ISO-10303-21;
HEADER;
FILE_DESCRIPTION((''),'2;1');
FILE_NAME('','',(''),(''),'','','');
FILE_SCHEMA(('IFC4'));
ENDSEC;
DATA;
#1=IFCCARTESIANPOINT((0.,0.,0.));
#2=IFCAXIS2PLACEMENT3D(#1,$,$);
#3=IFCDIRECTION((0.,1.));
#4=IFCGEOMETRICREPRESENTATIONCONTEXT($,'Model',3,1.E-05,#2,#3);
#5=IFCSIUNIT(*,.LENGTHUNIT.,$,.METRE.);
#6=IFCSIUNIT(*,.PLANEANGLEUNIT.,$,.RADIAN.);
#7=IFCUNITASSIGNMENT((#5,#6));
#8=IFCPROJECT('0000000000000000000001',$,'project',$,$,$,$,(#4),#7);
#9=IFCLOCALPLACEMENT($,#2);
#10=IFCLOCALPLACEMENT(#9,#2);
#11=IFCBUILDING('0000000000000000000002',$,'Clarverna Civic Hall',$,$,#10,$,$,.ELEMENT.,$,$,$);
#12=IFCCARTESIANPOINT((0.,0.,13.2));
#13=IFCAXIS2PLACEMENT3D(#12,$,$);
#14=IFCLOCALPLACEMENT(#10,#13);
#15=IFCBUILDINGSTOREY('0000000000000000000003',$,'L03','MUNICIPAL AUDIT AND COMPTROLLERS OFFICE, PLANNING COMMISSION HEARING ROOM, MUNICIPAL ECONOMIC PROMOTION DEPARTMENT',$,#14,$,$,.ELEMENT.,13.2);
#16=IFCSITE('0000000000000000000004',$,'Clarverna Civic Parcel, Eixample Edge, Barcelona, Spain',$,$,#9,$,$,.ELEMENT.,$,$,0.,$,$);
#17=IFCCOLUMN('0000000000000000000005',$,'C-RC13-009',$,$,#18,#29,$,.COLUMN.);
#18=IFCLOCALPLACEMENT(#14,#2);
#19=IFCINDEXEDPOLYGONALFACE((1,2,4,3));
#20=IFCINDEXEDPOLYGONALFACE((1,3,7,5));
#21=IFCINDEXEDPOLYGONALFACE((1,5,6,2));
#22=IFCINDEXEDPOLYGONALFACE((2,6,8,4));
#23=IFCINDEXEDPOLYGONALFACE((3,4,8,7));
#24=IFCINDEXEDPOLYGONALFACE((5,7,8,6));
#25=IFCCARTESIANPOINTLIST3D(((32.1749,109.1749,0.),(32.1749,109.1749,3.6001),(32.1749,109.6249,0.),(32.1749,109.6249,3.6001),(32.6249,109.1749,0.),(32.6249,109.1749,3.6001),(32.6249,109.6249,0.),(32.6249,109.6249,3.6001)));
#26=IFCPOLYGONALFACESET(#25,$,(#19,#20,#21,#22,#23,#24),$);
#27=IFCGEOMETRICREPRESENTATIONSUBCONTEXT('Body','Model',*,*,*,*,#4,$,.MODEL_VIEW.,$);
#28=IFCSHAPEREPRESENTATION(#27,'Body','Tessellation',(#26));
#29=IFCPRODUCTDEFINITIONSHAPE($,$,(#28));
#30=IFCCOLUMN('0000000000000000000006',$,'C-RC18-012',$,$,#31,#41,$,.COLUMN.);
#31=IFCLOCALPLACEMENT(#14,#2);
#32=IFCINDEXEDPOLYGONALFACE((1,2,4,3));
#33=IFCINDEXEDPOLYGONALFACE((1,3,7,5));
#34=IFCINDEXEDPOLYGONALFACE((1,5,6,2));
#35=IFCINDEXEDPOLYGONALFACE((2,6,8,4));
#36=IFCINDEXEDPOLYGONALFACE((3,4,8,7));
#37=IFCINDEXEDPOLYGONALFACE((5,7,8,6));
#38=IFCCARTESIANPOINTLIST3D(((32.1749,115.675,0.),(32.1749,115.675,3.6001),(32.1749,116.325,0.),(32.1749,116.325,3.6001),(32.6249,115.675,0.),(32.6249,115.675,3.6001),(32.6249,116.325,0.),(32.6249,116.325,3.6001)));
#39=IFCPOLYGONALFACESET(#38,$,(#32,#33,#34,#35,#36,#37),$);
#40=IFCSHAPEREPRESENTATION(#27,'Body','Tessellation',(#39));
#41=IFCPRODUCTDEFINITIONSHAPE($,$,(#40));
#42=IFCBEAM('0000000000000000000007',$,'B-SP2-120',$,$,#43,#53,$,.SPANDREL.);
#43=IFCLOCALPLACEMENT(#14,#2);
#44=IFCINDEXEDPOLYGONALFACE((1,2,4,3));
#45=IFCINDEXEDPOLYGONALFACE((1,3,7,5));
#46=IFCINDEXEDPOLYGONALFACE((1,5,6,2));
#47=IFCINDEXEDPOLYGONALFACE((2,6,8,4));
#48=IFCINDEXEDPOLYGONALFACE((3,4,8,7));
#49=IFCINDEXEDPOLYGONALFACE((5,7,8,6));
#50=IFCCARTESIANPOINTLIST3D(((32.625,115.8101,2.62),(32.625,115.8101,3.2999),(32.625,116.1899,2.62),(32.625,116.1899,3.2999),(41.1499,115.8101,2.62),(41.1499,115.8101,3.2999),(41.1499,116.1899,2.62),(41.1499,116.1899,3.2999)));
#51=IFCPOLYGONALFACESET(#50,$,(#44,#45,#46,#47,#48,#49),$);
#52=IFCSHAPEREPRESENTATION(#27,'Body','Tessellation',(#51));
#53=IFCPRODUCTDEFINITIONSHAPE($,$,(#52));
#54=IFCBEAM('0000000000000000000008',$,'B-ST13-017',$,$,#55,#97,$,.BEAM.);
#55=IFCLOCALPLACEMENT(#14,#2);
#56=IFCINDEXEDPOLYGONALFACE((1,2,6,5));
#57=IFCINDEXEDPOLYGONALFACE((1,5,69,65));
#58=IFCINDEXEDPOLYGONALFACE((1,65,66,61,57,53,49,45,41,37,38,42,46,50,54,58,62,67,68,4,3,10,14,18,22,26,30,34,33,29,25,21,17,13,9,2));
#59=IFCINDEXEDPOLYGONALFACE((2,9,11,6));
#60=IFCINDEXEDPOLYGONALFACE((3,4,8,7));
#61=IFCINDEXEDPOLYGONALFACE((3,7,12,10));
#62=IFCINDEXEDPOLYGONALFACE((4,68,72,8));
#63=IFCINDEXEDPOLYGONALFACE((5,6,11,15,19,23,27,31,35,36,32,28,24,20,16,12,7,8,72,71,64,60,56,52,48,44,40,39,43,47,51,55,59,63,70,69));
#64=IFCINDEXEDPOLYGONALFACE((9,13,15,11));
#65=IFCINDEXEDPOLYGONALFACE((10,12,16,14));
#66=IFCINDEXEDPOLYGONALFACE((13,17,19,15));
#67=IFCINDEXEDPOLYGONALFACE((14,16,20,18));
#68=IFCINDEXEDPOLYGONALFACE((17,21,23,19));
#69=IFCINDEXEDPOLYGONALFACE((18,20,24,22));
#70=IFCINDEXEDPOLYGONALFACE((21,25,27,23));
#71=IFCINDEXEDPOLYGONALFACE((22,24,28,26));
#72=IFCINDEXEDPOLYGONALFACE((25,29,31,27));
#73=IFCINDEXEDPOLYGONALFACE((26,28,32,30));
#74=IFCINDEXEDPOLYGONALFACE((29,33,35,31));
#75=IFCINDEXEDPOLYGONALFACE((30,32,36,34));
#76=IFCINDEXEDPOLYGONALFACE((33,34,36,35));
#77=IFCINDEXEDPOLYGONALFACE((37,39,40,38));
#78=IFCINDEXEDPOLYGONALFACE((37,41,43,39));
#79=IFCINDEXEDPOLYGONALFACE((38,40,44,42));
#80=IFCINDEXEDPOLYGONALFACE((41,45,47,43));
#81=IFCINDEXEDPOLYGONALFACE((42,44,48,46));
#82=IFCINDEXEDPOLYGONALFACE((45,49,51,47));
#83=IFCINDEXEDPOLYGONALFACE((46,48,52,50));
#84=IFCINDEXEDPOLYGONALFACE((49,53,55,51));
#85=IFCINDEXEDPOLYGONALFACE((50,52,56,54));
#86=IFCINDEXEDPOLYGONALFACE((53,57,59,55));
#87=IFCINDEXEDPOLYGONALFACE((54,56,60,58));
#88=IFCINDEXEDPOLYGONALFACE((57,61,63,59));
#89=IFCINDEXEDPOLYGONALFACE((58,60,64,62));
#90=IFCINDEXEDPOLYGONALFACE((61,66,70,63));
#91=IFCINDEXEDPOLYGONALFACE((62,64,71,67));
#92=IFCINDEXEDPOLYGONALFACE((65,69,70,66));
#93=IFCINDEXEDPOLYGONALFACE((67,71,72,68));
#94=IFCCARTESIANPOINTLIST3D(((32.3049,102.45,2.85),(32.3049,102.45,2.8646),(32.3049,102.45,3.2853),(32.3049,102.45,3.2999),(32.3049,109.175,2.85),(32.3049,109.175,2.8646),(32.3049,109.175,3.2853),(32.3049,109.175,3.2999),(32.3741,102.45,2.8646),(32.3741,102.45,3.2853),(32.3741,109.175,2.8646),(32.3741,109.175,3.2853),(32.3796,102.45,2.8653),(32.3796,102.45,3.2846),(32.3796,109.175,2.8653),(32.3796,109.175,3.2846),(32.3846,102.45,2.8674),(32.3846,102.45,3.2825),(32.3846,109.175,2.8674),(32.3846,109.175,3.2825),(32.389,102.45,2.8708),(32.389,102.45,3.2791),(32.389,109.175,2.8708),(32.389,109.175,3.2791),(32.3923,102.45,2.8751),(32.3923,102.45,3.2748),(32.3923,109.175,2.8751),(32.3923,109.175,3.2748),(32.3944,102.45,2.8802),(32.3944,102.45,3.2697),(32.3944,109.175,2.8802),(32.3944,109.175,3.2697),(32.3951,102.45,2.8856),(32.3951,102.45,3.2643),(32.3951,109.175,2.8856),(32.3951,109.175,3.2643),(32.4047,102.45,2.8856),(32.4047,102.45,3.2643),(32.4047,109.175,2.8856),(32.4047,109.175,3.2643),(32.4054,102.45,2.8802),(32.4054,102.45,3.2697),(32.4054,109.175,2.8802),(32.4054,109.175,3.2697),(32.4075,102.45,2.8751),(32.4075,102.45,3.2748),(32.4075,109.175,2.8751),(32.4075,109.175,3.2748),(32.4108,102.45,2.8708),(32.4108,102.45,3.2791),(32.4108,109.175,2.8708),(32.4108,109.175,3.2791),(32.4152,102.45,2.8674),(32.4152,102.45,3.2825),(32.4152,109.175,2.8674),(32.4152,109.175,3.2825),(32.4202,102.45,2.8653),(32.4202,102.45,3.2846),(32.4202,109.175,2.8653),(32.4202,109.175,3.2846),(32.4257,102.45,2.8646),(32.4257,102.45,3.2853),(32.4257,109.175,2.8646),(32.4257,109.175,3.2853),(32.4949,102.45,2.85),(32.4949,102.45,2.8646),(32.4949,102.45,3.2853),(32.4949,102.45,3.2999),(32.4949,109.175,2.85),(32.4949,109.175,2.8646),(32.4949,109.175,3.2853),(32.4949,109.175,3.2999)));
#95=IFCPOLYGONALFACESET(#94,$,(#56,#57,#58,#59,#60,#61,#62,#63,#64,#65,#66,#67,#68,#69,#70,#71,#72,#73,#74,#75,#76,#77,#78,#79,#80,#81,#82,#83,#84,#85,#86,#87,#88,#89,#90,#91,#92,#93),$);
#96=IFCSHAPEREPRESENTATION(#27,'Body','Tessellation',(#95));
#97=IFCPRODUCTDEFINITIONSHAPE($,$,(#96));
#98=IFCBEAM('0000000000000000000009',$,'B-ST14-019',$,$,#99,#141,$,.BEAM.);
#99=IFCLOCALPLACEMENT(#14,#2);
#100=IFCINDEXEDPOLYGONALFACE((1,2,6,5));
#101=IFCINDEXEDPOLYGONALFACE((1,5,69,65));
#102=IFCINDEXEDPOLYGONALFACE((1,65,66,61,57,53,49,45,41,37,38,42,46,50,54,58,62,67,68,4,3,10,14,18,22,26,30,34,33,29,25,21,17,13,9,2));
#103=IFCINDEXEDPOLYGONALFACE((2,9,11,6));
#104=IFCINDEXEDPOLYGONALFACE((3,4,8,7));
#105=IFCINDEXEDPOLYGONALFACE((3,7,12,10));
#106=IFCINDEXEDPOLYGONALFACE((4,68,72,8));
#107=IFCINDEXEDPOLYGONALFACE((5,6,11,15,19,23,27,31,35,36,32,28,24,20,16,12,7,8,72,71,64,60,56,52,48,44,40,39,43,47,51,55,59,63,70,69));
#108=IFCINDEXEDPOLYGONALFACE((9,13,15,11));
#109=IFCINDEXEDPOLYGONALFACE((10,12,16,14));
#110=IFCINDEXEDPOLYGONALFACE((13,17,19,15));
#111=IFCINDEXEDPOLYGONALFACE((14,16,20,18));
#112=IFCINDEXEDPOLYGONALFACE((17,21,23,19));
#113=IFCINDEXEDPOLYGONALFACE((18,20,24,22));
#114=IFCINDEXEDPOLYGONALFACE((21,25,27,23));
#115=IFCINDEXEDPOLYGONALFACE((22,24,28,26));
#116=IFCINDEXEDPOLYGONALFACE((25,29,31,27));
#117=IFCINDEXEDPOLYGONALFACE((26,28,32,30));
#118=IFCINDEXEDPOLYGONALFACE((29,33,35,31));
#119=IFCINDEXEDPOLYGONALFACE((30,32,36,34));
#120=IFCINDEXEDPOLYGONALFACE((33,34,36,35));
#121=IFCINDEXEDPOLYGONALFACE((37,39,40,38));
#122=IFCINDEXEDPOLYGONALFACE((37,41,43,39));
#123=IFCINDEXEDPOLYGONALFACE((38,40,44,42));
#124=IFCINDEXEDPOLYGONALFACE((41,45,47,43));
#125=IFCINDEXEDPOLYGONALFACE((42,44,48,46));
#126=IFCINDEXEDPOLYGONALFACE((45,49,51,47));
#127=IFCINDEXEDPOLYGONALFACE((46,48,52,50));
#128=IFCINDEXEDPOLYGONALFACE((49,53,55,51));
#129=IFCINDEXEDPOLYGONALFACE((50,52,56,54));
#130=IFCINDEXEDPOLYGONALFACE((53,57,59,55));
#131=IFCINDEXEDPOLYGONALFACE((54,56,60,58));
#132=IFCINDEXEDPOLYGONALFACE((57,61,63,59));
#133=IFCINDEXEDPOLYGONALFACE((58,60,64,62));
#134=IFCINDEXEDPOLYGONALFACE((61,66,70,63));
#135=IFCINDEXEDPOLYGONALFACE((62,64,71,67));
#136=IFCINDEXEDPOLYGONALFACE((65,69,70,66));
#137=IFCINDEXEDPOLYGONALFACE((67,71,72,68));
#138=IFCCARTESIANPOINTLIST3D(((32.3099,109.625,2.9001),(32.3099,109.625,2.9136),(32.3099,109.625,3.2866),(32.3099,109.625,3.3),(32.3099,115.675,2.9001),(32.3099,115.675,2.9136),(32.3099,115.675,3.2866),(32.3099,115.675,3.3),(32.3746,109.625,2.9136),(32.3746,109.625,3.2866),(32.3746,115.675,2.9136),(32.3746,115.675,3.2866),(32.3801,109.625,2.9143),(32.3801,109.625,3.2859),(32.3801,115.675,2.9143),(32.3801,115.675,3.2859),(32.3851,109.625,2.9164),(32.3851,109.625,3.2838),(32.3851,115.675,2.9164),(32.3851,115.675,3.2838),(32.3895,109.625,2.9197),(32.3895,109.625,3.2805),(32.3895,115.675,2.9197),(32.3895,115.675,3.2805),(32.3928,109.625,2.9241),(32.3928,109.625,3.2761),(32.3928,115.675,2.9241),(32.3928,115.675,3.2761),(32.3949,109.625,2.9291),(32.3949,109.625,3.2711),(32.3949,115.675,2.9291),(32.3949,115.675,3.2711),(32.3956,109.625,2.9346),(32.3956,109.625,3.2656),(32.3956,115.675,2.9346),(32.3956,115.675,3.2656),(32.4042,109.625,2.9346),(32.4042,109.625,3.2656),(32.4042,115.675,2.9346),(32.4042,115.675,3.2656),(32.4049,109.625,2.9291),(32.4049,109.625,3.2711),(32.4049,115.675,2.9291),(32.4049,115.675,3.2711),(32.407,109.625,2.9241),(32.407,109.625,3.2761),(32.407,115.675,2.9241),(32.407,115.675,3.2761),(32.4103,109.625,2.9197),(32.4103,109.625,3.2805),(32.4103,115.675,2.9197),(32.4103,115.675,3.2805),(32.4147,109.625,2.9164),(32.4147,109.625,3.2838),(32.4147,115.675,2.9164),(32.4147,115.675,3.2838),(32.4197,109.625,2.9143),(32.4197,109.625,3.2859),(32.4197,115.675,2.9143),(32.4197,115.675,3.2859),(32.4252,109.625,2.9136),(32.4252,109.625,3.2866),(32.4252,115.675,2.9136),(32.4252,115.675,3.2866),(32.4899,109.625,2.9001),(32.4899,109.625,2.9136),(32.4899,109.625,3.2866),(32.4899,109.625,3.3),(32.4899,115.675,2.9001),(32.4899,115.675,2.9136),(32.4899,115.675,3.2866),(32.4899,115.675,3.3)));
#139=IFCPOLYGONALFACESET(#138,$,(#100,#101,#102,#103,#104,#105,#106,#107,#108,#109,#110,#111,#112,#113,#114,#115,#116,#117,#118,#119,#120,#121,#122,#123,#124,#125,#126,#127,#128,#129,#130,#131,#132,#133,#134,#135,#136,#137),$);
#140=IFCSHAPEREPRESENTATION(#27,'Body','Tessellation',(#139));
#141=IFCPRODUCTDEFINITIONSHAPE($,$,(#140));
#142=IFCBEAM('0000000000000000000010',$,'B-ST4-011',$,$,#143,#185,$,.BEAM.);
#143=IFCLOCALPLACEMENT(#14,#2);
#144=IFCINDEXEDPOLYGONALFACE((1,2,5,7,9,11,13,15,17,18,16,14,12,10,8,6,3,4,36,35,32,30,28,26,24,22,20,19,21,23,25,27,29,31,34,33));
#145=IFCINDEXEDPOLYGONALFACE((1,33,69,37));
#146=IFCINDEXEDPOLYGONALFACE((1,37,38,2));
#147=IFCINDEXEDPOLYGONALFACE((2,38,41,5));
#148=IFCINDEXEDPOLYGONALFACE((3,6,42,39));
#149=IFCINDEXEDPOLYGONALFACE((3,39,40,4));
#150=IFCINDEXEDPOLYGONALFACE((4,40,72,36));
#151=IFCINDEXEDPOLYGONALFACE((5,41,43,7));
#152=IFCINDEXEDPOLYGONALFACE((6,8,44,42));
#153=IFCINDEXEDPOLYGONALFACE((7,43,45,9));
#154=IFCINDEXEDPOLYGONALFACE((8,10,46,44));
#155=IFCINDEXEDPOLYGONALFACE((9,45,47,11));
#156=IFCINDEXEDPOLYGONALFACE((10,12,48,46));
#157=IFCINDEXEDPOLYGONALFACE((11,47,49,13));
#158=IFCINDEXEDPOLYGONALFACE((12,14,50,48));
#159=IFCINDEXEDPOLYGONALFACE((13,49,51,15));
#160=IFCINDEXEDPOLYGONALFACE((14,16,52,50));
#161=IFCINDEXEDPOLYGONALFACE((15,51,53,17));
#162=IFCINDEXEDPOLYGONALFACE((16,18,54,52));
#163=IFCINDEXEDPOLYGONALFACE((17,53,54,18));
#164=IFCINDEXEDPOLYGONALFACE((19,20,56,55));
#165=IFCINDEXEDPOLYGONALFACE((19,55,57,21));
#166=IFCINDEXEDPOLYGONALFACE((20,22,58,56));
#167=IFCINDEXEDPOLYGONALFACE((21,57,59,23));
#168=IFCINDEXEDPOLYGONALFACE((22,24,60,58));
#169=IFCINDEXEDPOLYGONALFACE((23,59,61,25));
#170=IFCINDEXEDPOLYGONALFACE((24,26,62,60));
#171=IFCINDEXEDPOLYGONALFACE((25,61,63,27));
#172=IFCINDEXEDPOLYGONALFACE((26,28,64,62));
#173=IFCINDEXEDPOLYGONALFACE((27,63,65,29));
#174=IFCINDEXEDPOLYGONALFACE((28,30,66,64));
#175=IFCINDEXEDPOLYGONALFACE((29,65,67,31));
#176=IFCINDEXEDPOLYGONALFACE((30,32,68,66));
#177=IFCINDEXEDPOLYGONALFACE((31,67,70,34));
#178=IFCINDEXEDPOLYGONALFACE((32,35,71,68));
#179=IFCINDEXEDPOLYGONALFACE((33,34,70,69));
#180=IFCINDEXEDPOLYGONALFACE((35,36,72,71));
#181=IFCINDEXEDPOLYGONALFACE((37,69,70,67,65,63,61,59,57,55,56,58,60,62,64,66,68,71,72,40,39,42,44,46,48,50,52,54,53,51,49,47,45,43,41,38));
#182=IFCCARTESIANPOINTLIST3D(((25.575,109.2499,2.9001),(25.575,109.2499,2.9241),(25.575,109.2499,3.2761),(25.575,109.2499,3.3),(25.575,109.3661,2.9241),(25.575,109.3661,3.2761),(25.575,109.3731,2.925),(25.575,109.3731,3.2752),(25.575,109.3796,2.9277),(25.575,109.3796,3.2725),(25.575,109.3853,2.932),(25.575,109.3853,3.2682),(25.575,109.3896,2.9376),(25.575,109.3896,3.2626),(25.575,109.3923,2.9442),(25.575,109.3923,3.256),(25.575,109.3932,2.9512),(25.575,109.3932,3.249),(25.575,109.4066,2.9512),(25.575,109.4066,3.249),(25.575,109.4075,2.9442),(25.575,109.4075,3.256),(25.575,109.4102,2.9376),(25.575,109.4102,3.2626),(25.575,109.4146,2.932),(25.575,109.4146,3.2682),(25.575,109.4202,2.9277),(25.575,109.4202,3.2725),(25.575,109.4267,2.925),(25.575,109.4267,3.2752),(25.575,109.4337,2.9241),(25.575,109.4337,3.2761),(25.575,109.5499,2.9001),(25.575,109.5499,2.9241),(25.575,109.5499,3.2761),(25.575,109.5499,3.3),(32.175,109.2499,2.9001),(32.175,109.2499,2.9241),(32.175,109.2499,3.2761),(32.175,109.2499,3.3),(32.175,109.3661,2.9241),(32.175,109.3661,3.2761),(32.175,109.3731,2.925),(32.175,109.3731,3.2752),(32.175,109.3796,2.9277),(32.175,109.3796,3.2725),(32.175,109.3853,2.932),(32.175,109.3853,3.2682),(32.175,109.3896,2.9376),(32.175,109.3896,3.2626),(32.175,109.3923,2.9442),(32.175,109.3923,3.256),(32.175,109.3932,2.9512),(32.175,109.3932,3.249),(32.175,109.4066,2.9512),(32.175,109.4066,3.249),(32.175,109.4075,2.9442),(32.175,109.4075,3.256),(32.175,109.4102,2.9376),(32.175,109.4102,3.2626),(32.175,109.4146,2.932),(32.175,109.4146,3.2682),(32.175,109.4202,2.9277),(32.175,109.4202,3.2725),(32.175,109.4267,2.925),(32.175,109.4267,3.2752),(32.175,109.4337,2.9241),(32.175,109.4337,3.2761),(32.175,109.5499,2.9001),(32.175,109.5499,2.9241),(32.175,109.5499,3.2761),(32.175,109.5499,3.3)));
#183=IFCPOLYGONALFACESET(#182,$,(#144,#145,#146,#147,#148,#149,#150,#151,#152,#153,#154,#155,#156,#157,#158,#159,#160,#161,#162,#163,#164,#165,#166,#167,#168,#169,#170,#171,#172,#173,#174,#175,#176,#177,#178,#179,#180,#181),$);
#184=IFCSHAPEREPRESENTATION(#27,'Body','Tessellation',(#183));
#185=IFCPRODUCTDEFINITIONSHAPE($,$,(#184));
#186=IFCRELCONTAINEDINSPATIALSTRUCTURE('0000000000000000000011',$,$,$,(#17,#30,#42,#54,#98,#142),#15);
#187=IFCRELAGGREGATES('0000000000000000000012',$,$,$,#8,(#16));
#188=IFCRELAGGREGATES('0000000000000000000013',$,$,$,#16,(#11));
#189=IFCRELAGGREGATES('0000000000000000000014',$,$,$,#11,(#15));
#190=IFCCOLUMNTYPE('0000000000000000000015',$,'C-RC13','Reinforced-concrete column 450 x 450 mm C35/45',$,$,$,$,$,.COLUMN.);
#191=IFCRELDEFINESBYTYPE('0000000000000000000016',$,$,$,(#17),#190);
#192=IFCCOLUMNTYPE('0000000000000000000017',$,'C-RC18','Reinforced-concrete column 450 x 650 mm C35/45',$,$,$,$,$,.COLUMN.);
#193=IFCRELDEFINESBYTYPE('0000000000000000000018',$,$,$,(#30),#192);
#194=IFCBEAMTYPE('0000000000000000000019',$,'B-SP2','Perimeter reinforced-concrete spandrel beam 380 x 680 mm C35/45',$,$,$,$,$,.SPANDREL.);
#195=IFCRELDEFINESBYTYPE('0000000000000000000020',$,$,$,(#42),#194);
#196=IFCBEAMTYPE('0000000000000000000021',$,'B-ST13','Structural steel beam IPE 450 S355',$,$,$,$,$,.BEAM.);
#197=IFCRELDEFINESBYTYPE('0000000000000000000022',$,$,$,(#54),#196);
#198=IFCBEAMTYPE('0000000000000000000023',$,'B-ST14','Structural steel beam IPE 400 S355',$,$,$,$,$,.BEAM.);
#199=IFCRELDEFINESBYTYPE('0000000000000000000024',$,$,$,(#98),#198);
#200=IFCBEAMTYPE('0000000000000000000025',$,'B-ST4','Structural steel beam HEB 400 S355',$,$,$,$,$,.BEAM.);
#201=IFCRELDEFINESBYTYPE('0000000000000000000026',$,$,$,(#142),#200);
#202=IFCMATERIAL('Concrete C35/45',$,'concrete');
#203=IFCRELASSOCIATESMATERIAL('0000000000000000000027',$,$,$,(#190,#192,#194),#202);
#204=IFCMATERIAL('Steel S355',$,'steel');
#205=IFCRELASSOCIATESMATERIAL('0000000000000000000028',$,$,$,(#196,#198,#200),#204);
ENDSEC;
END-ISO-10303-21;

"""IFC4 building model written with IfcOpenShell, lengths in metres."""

from ifc_helpers import new_model, si_unit, direction, frame, origin, origin_2d, place, context, subcontext, project, spatial, rectangle, i_section, extrude, material, material_profile, profile_set, type_object, element, save


model = new_model("IFC4")

# Units and contexts
model_context = context("Model", 3, precision=1e-05, world=origin(), true_north=direction((0.0, 1.0)))
body_context = subcontext(model_context, "Body", "Model", "MODEL_VIEW")
ifc_project = project(units=[si_unit("LENGTHUNIT", "METRE"), si_unit("PLANEANGLEUNIT", "RADIAN")], contexts=[model_context])

# Site, building, storey
site_placement = place(None, origin())
site = spatial("IfcSite", under=ifc_project, at=site_placement, Name="Clarverna Civic Parcel, Eixample Edge, Barcelona, Spain", CompositionType="ELEMENT", RefElevation=0.0)
building_placement = place(site_placement, origin())
building = spatial("IfcBuilding", under=site, at=building_placement, Name="Clarverna Civic Hall", CompositionType="ELEMENT")
storey_placement = place(building_placement, frame((0.0, 0.0, 13.2)))
storey = spatial("IfcBuildingStorey", under=building, at=storey_placement, Name="L03", Description="MUNICIPAL AUDIT AND COMPTROLLERS OFFICE, PLANNING COMMISSION HEARING ROOM, MUNICIPAL ECONOMIC PROMOTION DEPARTMENT", CompositionType="ELEMENT", Elevation=13.2)

# Columns
ifc_material_1 = material(Name="Concrete C35/45", Category="concrete")
ifc_material_profile_1 = material_profile(ifc_material_1, rectangle(XDim=0.45, YDim=0.45, at=origin_2d()), Name="RC 450x450")
ifc_profile_set_1 = profile_set([ifc_material_profile_1], Name="Concrete C35/45")
column_type_1 = type_object("IfcColumnType", Name="C-RC13", Description="Reinforced-concrete column 450 x 450 mm C35/45", PredefinedType="COLUMN", material=ifc_profile_set_1)
column_1_placement = place(storey_placement, frame((32.3999, 109.3999, 0.0), z_axis=(0.0, 0.0, 1.0), x_axis=(1.0, 0.0, 0.0)))
element("IfcColumn", 1, at=column_1_placement, inside=storey, type_object=column_type_1, Name="C-RC13-009", PredefinedType="COLUMN", context=body_context, shape_type="SweptSolid", body=[
    extrude(rectangle(XDim=0.45, YDim=0.45, at=origin_2d()), origin(), (0.0, 0.0, 1.0), 3.6001),
])
ifc_material_profile_2 = material_profile(ifc_material_1, rectangle(XDim=0.45, YDim=0.6499, at=origin_2d()), Name="RC 450x650")
ifc_profile_set_2 = profile_set([ifc_material_profile_2], Name="Concrete C35/45")
column_type_2 = type_object("IfcColumnType", Name="C-RC18", Description="Reinforced-concrete column 450 x 650 mm C35/45", PredefinedType="COLUMN", material=ifc_profile_set_2)
column_2_placement = place(storey_placement, frame((32.3999, 116.0, 0.0), z_axis=(0.0, 0.0, 1.0), x_axis=(1.0, 0.0, 0.0)))
element("IfcColumn", 2, at=column_2_placement, inside=storey, type_object=column_type_2, Name="C-RC18-012", PredefinedType="COLUMN", context=body_context, shape_type="SweptSolid", body=[
    extrude(rectangle(XDim=0.45, YDim=0.6499, at=origin_2d()), origin(), (0.0, 0.0, 1.0), 3.6001),
])

# Beams
ifc_material_profile_3 = material_profile(ifc_material_1, rectangle(XDim=0.3799, YDim=0.6799, at=origin_2d()), Name="RC 380x680")
ifc_profile_set_3 = profile_set([ifc_material_profile_3], Name="Concrete C35/45")
beam_type_1 = type_object("IfcBeamType", Name="B-SP2", Description="Perimeter reinforced-concrete spandrel beam 380 x 680 mm C35/45", PredefinedType="SPANDREL", material=ifc_profile_set_3)
beam_1_placement = place(storey_placement, frame((32.625, 116.0, 2.96), z_axis=(1.0, 0.0, 0.0), x_axis=(0.0, 1.0, 0.0)))
element("IfcBeam", 3, at=beam_1_placement, inside=storey, type_object=beam_type_1, Name="B-SP2-120", PredefinedType="SPANDREL", context=body_context, shape_type="SweptSolid", body=[
    extrude(rectangle(XDim=0.3799, YDim=0.6799, at=origin_2d()), origin(), (0.0, 0.0, 1.0), 8.5249),
])
ifc_material_2 = material(Name="Steel S355", Category="steel")
ifc_material_profile_4 = material_profile(ifc_material_2, i_section(OverallWidth=0.1899, OverallDepth=0.45, WebThickness=0.0095, FlangeThickness=0.0146, FilletRadius=0.021, at=origin_2d()), Name="IPE 450")
ifc_profile_set_4 = profile_set([ifc_material_profile_4], Name="Steel S355")
beam_type_2 = type_object("IfcBeamType", Name="B-ST13", Description="Structural steel beam IPE 450 S355", PredefinedType="BEAM", material=ifc_profile_set_4)
beam_2_placement = place(storey_placement, frame((32.3999, 102.45, 3.075), z_axis=(0.0, 1.0, 0.0), x_axis=(-1.0, 0.0, 0.0)))
element("IfcBeam", 4, at=beam_2_placement, inside=storey, type_object=beam_type_2, Name="B-ST13-017", PredefinedType="BEAM", context=body_context, shape_type="SweptSolid", body=[
    extrude(i_section(OverallWidth=0.1899, OverallDepth=0.45, WebThickness=0.0095, FlangeThickness=0.0146, FilletRadius=0.021, at=origin_2d()), origin(), (0.0, 0.0, 1.0), 6.7251),
])
ifc_material_profile_5 = material_profile(ifc_material_2, i_section(OverallWidth=0.1799, OverallDepth=0.3999, WebThickness=0.0085, FlangeThickness=0.0134, FilletRadius=0.021, at=origin_2d()), Name="IPE 400")
ifc_profile_set_5 = profile_set([ifc_material_profile_5], Name="Steel S355")
beam_type_3 = type_object("IfcBeamType", Name="B-ST14", Description="Structural steel beam IPE 400 S355", PredefinedType="BEAM", material=ifc_profile_set_5)
beam_3_placement = place(storey_placement, frame((32.3999, 109.625, 3.1001), z_axis=(0.0, 1.0, 0.0), x_axis=(-1.0, 0.0, 0.0)))
element("IfcBeam", 5, at=beam_3_placement, inside=storey, type_object=beam_type_3, Name="B-ST14-019", PredefinedType="BEAM", context=body_context, shape_type="SweptSolid", body=[
    extrude(i_section(OverallWidth=0.1799, OverallDepth=0.3999, WebThickness=0.0085, FlangeThickness=0.0134, FilletRadius=0.021, at=origin_2d()), origin(), (0.0, 0.0, 1.0), 6.05),
])
ifc_material_profile_6 = material_profile(ifc_material_2, i_section(OverallWidth=0.3, OverallDepth=0.3999, WebThickness=0.0134, FlangeThickness=0.0239, FilletRadius=0.0271, at=origin_2d()), Name="HEB 400")
ifc_profile_set_6 = profile_set([ifc_material_profile_6], Name="Steel S355")
beam_type_4 = type_object("IfcBeamType", Name="B-ST4", Description="Structural steel beam HEB 400 S355", PredefinedType="BEAM", material=ifc_profile_set_6)
beam_4_placement = place(storey_placement, frame((25.575, 109.3999, 3.1001), z_axis=(1.0, 0.0, 0.0), x_axis=(0.0, 1.0, 0.0)))
element("IfcBeam", 6, at=beam_4_placement, inside=storey, type_object=beam_type_4, Name="B-ST4-011", PredefinedType="BEAM", context=body_context, shape_type="SweptSolid", body=[
    extrude(i_section(OverallWidth=0.3, OverallDepth=0.3999, WebThickness=0.0134, FlangeThickness=0.0239, FilletRadius=0.0271, at=origin_2d()), origin(), (0.0, 0.0, 1.0), 6.6001),
])

save(model, "model.ifc")
